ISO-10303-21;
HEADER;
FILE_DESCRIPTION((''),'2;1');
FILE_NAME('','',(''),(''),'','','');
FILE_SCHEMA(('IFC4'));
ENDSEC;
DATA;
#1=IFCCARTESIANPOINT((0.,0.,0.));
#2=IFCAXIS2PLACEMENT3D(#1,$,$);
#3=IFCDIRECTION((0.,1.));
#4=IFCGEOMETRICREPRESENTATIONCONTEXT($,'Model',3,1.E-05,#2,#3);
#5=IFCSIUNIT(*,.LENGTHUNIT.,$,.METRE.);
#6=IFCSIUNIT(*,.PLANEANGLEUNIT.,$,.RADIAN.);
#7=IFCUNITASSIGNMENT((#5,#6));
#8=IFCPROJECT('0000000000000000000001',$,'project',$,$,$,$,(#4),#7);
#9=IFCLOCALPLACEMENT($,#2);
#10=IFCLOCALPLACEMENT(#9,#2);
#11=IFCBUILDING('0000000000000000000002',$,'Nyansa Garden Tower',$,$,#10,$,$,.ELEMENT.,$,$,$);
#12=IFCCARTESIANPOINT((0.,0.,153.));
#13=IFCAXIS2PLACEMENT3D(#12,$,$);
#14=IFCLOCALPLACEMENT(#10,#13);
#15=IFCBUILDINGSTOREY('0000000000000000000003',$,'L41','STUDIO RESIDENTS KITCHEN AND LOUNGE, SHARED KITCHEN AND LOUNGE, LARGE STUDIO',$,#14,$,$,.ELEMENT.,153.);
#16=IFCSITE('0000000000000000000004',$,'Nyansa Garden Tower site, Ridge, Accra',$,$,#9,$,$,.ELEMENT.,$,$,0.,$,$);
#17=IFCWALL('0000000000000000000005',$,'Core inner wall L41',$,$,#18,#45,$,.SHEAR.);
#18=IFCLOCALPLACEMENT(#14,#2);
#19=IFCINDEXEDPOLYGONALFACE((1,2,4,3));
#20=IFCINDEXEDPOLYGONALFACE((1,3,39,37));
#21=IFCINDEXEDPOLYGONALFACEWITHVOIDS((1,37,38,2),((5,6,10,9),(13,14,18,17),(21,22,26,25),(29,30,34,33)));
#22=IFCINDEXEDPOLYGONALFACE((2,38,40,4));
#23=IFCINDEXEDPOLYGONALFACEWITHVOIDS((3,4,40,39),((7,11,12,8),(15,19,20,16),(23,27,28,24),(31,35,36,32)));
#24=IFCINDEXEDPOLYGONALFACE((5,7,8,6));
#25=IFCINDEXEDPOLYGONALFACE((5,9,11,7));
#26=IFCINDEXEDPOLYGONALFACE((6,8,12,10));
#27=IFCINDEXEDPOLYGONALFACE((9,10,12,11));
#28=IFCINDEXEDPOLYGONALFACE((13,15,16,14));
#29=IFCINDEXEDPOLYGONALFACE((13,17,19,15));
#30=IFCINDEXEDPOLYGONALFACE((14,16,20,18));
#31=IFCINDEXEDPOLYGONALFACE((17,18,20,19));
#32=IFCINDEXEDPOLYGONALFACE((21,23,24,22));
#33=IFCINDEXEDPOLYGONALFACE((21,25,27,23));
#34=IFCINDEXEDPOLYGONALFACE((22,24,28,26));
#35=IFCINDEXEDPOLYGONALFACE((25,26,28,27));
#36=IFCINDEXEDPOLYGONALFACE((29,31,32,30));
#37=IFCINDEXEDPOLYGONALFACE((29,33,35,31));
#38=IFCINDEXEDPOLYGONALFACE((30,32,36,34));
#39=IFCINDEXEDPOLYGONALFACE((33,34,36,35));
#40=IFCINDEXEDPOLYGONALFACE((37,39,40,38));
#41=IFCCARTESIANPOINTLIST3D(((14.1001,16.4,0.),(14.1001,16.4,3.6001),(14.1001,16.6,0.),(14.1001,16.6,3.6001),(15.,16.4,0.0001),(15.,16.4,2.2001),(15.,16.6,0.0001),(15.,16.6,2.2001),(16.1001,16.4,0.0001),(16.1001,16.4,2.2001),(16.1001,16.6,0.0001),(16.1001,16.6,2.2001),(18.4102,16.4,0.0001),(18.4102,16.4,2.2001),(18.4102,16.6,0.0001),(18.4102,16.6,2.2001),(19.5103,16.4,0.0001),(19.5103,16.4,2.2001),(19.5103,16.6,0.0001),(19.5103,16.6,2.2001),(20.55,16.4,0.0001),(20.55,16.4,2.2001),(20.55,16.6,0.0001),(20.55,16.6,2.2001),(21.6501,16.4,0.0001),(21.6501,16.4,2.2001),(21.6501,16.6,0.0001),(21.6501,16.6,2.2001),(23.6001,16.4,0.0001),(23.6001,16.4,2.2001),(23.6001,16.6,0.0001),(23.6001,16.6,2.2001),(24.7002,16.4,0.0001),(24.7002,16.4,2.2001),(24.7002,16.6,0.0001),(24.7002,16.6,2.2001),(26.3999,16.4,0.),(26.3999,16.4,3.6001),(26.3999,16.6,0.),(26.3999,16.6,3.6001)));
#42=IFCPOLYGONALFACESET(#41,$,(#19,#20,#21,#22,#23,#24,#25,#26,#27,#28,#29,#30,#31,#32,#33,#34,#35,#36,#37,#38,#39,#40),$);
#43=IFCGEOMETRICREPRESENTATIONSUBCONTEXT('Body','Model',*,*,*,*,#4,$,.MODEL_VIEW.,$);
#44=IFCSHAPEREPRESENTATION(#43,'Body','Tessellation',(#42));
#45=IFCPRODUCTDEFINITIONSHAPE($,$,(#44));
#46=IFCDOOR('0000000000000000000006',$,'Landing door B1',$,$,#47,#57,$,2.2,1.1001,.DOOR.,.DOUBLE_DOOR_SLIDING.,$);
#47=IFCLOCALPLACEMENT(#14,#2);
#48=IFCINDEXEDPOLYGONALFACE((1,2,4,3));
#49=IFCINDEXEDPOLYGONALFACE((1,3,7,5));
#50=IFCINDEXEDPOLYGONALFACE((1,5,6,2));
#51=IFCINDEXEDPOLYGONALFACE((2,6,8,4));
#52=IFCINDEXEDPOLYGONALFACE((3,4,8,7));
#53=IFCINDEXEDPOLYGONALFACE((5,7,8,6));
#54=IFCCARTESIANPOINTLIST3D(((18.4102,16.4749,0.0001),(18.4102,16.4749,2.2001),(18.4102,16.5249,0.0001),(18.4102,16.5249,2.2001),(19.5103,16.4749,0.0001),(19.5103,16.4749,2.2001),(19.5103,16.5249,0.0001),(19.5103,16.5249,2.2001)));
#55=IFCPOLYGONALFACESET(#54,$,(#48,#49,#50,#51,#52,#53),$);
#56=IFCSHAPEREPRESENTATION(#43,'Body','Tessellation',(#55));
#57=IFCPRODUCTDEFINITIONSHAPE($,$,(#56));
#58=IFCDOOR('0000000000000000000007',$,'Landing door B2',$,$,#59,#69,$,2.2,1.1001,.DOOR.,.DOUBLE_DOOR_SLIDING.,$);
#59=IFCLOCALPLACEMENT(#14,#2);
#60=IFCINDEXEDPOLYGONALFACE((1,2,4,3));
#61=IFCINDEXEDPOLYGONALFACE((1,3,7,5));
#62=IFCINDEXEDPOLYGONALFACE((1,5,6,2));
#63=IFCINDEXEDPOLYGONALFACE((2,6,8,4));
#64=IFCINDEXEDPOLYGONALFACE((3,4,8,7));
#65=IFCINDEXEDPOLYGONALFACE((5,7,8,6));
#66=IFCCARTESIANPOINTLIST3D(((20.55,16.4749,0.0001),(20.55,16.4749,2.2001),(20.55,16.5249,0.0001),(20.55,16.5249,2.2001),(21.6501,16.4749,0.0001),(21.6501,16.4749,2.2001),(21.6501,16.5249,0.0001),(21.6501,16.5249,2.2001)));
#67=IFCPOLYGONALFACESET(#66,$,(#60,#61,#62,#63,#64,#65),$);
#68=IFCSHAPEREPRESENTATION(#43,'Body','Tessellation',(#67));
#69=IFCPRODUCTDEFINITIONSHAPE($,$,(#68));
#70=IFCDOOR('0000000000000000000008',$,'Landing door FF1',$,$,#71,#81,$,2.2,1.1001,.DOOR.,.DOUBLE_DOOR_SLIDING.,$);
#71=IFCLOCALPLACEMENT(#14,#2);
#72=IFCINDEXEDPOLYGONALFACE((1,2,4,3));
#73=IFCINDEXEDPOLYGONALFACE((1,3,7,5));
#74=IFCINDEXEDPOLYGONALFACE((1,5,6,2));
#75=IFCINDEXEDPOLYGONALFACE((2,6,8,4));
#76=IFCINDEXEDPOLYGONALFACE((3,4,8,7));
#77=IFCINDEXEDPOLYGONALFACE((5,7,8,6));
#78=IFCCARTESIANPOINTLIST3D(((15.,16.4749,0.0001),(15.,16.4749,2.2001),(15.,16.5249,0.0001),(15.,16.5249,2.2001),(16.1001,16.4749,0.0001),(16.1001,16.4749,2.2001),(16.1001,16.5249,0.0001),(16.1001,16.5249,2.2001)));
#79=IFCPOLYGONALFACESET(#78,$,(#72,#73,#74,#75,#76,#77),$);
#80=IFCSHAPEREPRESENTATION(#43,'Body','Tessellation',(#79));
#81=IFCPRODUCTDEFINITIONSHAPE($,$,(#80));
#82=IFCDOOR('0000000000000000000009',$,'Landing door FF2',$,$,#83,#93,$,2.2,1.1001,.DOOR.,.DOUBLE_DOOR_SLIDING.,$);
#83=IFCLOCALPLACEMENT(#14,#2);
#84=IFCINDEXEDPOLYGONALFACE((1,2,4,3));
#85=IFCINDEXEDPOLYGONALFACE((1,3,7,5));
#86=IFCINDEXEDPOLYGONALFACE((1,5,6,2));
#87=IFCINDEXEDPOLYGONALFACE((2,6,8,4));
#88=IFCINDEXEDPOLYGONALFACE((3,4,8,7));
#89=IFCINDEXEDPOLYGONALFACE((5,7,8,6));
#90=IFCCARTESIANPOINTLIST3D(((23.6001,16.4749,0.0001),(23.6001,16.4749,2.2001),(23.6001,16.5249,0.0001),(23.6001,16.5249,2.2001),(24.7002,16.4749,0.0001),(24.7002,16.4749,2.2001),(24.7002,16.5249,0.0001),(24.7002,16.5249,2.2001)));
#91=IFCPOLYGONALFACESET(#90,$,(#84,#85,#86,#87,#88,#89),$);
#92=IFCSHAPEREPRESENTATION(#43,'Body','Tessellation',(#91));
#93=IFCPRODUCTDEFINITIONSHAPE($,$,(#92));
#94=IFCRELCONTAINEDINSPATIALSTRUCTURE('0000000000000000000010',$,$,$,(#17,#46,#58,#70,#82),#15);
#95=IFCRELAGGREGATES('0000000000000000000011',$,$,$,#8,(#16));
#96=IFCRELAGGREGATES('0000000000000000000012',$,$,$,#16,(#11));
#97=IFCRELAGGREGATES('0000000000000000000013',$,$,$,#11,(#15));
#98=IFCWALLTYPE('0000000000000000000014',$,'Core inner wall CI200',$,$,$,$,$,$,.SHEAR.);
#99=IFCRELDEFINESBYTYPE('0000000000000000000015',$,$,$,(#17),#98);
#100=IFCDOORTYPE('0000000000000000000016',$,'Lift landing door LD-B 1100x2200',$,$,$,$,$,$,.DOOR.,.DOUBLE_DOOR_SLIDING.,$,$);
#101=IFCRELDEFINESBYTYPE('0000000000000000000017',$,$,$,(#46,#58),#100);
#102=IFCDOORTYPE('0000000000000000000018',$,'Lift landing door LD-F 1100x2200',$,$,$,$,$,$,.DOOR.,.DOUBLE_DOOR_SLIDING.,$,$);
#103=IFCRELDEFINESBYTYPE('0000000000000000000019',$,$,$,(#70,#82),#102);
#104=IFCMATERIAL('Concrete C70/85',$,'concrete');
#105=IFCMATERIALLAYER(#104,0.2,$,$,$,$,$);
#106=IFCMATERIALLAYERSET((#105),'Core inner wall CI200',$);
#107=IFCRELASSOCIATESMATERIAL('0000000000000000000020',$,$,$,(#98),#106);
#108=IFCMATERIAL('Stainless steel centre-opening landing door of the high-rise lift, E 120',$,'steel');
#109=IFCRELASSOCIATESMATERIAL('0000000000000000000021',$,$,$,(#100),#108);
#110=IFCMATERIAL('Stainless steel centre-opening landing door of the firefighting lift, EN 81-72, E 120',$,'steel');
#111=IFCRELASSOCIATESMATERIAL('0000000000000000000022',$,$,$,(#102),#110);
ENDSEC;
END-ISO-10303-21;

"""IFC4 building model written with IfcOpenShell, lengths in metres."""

from ifc_helpers import new_model, si_unit, direction, frame, frame_2d, origin, place, context, subcontext, project, spatial, rectangle, extrude, material, layer, layer_set, type_object, element, fill, save


model = new_model("IFC4")

# Units and contexts
model_context = context("Model", 3, precision=1e-05, world=origin(), true_north=direction((0.0, 1.0)))
body_context = subcontext(model_context, "Body", "Model", "MODEL_VIEW")
ifc_project = project(units=[si_unit("LENGTHUNIT", "METRE"), si_unit("PLANEANGLEUNIT", "RADIAN")], contexts=[model_context])

# Site, building, storey
site_placement = place(None, origin())
site = spatial("IfcSite", under=ifc_project, at=site_placement, Name="Nyansa Garden Tower site, Ridge, Accra", CompositionType="ELEMENT", RefElevation=0.0)
building_placement = place(site_placement, origin())
building = spatial("IfcBuilding", under=site, at=building_placement, Name="Nyansa Garden Tower", CompositionType="ELEMENT")
storey_placement = place(building_placement, frame((0.0, 0.0, 153.0)))
storey = spatial("IfcBuildingStorey", under=building, at=storey_placement, Name="L41", Description="STUDIO RESIDENTS KITCHEN AND LOUNGE, SHARED KITCHEN AND LOUNGE, LARGE STUDIO", CompositionType="ELEMENT", Elevation=153.0)

# Wall, openings, doors
ifc_material_1 = material(Name="Concrete C70/85", Category="concrete")
ifc_layer_1 = layer(ifc_material_1, 0.2)
ifc_layer_set_1 = layer_set([ifc_layer_1], Name="Core inner wall CI200")
wall_type_1 = type_object("IfcWallType", Name="Core inner wall CI200", PredefinedType="SHEAR", material=ifc_layer_set_1)
wall_1_placement = place(storey_placement, frame((14.1001, 16.5, 0.0), z_axis=(0.0, 0.0, 1.0), x_axis=(1.0, 0.0, 0.0)))
wall_1 = element("IfcWall", 1, at=wall_1_placement, inside=storey, type_object=wall_type_1, Name="Core inner wall L41", PredefinedType="SHEAR", context=body_context, shape_type="SweptSolid", body=[
    extrude(rectangle(XDim=12.2998, YDim=0.2, at=frame_2d((6.1499, 0.0))), origin(), (0.0, 0.0, 1.0), 3.6001),
])
opening_1_placement = place(wall_1_placement, frame((0.8999, 0.0, 0.0)))
opening_1 = element("IfcOpeningElement", 2, at=opening_1_placement, cuts=wall_1, PredefinedType="OPENING", context=body_context, shape_type="SweptSolid", body=[
    extrude(rectangle(XDim=1.1001, YDim=2.2, at=frame_2d((0.55, 1.1001))), frame((0.0, 0.1099, 0.0), z_axis=(0.0, -1.0, 0.0), x_axis=(1.0, 0.0, 0.0)), (0.0, 0.0, 1.0), 0.22),
])
opening_2_placement = place(wall_1_placement, frame((4.3101, 0.0, 0.0)))
opening_2 = element("IfcOpeningElement", 3, at=opening_2_placement, cuts=wall_1, PredefinedType="OPENING", context=body_context, shape_type="SweptSolid", body=[
    extrude(rectangle(XDim=1.1001, YDim=2.2, at=frame_2d((0.55, 1.1001))), frame((0.0, 0.1099, 0.0), z_axis=(0.0, -1.0, 0.0), x_axis=(1.0, 0.0, 0.0)), (0.0, 0.0, 1.0), 0.22),
])
opening_3_placement = place(wall_1_placement, frame((6.45, 0.0, 0.0)))
opening_3 = element("IfcOpeningElement", 4, at=opening_3_placement, cuts=wall_1, PredefinedType="OPENING", context=body_context, shape_type="SweptSolid", body=[
    extrude(rectangle(XDim=1.1001, YDim=2.2, at=frame_2d((0.55, 1.1001))), frame((0.0, 0.1099, 0.0), z_axis=(0.0, -1.0, 0.0), x_axis=(1.0, 0.0, 0.0)), (0.0, 0.0, 1.0), 0.22),
])
opening_4_placement = place(wall_1_placement, frame((9.5, 0.0, 0.0)))
opening_4 = element("IfcOpeningElement", 5, at=opening_4_placement, cuts=wall_1, PredefinedType="OPENING", context=body_context, shape_type="SweptSolid", body=[
    extrude(rectangle(XDim=1.1001, YDim=2.2, at=frame_2d((0.55, 1.1001))), frame((0.0, 0.1099, 0.0), z_axis=(0.0, -1.0, 0.0), x_axis=(1.0, 0.0, 0.0)), (0.0, 0.0, 1.0), 0.22),
])
ifc_material_2 = material(Name="Stainless steel centre-opening landing door of the high-rise lift, E 120", Category="steel")
door_type_1 = type_object("IfcDoorType", Name="Lift landing door LD-B 1100x2200", OperationType="DOUBLE_DOOR_SLIDING", PredefinedType="DOOR", material=ifc_material_2)
door_1_placement = place(opening_2_placement, origin())
door_1 = element("IfcDoor", 6, at=door_1_placement, inside=storey, type_object=door_type_1, Name="Landing door B1", OperationType="DOUBLE_DOOR_SLIDING", OverallHeight=2.2, OverallWidth=1.1001, PredefinedType="DOOR", context=body_context, shape_type="SweptSolid", body=[
    extrude(rectangle(XDim=1.1001, YDim=2.2, at=frame_2d((0.55, 1.1001))), frame((0.0, 0.0249, 0.0), z_axis=(0.0, -1.0, 0.0), x_axis=(1.0, 0.0, 0.0)), (0.0, 0.0, 1.0), 0.05),
])
fill(opening_2, door_1)
door_2_placement = place(opening_3_placement, origin())
door_2 = element("IfcDoor", 7, at=door_2_placement, inside=storey, type_object=door_type_1, Name="Landing door B2", OperationType="DOUBLE_DOOR_SLIDING", OverallHeight=2.2, OverallWidth=1.1001, PredefinedType="DOOR", context=body_context, shape_type="SweptSolid", body=[
    extrude(rectangle(XDim=1.1001, YDim=2.2, at=frame_2d((0.55, 1.1001))), frame((0.0, 0.0249, 0.0), z_axis=(0.0, -1.0, 0.0), x_axis=(1.0, 0.0, 0.0)), (0.0, 0.0, 1.0), 0.05),
])
fill(opening_3, door_2)
ifc_material_3 = material(Name="Stainless steel centre-opening landing door of the firefighting lift, EN 81-72, E 120", Category="steel")
door_type_2 = type_object("IfcDoorType", Name="Lift landing door LD-F 1100x2200", OperationType="DOUBLE_DOOR_SLIDING", PredefinedType="DOOR", material=ifc_material_3)
door_3_placement = place(opening_1_placement, origin())
door_3 = element("IfcDoor", 8, at=door_3_placement, inside=storey, type_object=door_type_2, Name="Landing door FF1", OperationType="DOUBLE_DOOR_SLIDING", OverallHeight=2.2, OverallWidth=1.1001, PredefinedType="DOOR", context=body_context, shape_type="SweptSolid", body=[
    extrude(rectangle(XDim=1.1001, YDim=2.2, at=frame_2d((0.55, 1.1001))), frame((0.0, 0.0249, 0.0), z_axis=(0.0, -1.0, 0.0), x_axis=(1.0, 0.0, 0.0)), (0.0, 0.0, 1.0), 0.05),
])
fill(opening_1, door_3)
door_4_placement = place(opening_4_placement, origin())
door_4 = element("IfcDoor", 9, at=door_4_placement, inside=storey, type_object=door_type_2, Name="Landing door FF2", OperationType="DOUBLE_DOOR_SLIDING", OverallHeight=2.2, OverallWidth=1.1001, PredefinedType="DOOR", context=body_context, shape_type="SweptSolid", body=[
    extrude(rectangle(XDim=1.1001, YDim=2.2, at=frame_2d((0.55, 1.1001))), frame((0.0, 0.0249, 0.0), z_axis=(0.0, -1.0, 0.0), x_axis=(1.0, 0.0, 0.0)), (0.0, 0.0, 1.0), 0.05),
])
fill(opening_4, door_4)

save(model, "model.ifc")
